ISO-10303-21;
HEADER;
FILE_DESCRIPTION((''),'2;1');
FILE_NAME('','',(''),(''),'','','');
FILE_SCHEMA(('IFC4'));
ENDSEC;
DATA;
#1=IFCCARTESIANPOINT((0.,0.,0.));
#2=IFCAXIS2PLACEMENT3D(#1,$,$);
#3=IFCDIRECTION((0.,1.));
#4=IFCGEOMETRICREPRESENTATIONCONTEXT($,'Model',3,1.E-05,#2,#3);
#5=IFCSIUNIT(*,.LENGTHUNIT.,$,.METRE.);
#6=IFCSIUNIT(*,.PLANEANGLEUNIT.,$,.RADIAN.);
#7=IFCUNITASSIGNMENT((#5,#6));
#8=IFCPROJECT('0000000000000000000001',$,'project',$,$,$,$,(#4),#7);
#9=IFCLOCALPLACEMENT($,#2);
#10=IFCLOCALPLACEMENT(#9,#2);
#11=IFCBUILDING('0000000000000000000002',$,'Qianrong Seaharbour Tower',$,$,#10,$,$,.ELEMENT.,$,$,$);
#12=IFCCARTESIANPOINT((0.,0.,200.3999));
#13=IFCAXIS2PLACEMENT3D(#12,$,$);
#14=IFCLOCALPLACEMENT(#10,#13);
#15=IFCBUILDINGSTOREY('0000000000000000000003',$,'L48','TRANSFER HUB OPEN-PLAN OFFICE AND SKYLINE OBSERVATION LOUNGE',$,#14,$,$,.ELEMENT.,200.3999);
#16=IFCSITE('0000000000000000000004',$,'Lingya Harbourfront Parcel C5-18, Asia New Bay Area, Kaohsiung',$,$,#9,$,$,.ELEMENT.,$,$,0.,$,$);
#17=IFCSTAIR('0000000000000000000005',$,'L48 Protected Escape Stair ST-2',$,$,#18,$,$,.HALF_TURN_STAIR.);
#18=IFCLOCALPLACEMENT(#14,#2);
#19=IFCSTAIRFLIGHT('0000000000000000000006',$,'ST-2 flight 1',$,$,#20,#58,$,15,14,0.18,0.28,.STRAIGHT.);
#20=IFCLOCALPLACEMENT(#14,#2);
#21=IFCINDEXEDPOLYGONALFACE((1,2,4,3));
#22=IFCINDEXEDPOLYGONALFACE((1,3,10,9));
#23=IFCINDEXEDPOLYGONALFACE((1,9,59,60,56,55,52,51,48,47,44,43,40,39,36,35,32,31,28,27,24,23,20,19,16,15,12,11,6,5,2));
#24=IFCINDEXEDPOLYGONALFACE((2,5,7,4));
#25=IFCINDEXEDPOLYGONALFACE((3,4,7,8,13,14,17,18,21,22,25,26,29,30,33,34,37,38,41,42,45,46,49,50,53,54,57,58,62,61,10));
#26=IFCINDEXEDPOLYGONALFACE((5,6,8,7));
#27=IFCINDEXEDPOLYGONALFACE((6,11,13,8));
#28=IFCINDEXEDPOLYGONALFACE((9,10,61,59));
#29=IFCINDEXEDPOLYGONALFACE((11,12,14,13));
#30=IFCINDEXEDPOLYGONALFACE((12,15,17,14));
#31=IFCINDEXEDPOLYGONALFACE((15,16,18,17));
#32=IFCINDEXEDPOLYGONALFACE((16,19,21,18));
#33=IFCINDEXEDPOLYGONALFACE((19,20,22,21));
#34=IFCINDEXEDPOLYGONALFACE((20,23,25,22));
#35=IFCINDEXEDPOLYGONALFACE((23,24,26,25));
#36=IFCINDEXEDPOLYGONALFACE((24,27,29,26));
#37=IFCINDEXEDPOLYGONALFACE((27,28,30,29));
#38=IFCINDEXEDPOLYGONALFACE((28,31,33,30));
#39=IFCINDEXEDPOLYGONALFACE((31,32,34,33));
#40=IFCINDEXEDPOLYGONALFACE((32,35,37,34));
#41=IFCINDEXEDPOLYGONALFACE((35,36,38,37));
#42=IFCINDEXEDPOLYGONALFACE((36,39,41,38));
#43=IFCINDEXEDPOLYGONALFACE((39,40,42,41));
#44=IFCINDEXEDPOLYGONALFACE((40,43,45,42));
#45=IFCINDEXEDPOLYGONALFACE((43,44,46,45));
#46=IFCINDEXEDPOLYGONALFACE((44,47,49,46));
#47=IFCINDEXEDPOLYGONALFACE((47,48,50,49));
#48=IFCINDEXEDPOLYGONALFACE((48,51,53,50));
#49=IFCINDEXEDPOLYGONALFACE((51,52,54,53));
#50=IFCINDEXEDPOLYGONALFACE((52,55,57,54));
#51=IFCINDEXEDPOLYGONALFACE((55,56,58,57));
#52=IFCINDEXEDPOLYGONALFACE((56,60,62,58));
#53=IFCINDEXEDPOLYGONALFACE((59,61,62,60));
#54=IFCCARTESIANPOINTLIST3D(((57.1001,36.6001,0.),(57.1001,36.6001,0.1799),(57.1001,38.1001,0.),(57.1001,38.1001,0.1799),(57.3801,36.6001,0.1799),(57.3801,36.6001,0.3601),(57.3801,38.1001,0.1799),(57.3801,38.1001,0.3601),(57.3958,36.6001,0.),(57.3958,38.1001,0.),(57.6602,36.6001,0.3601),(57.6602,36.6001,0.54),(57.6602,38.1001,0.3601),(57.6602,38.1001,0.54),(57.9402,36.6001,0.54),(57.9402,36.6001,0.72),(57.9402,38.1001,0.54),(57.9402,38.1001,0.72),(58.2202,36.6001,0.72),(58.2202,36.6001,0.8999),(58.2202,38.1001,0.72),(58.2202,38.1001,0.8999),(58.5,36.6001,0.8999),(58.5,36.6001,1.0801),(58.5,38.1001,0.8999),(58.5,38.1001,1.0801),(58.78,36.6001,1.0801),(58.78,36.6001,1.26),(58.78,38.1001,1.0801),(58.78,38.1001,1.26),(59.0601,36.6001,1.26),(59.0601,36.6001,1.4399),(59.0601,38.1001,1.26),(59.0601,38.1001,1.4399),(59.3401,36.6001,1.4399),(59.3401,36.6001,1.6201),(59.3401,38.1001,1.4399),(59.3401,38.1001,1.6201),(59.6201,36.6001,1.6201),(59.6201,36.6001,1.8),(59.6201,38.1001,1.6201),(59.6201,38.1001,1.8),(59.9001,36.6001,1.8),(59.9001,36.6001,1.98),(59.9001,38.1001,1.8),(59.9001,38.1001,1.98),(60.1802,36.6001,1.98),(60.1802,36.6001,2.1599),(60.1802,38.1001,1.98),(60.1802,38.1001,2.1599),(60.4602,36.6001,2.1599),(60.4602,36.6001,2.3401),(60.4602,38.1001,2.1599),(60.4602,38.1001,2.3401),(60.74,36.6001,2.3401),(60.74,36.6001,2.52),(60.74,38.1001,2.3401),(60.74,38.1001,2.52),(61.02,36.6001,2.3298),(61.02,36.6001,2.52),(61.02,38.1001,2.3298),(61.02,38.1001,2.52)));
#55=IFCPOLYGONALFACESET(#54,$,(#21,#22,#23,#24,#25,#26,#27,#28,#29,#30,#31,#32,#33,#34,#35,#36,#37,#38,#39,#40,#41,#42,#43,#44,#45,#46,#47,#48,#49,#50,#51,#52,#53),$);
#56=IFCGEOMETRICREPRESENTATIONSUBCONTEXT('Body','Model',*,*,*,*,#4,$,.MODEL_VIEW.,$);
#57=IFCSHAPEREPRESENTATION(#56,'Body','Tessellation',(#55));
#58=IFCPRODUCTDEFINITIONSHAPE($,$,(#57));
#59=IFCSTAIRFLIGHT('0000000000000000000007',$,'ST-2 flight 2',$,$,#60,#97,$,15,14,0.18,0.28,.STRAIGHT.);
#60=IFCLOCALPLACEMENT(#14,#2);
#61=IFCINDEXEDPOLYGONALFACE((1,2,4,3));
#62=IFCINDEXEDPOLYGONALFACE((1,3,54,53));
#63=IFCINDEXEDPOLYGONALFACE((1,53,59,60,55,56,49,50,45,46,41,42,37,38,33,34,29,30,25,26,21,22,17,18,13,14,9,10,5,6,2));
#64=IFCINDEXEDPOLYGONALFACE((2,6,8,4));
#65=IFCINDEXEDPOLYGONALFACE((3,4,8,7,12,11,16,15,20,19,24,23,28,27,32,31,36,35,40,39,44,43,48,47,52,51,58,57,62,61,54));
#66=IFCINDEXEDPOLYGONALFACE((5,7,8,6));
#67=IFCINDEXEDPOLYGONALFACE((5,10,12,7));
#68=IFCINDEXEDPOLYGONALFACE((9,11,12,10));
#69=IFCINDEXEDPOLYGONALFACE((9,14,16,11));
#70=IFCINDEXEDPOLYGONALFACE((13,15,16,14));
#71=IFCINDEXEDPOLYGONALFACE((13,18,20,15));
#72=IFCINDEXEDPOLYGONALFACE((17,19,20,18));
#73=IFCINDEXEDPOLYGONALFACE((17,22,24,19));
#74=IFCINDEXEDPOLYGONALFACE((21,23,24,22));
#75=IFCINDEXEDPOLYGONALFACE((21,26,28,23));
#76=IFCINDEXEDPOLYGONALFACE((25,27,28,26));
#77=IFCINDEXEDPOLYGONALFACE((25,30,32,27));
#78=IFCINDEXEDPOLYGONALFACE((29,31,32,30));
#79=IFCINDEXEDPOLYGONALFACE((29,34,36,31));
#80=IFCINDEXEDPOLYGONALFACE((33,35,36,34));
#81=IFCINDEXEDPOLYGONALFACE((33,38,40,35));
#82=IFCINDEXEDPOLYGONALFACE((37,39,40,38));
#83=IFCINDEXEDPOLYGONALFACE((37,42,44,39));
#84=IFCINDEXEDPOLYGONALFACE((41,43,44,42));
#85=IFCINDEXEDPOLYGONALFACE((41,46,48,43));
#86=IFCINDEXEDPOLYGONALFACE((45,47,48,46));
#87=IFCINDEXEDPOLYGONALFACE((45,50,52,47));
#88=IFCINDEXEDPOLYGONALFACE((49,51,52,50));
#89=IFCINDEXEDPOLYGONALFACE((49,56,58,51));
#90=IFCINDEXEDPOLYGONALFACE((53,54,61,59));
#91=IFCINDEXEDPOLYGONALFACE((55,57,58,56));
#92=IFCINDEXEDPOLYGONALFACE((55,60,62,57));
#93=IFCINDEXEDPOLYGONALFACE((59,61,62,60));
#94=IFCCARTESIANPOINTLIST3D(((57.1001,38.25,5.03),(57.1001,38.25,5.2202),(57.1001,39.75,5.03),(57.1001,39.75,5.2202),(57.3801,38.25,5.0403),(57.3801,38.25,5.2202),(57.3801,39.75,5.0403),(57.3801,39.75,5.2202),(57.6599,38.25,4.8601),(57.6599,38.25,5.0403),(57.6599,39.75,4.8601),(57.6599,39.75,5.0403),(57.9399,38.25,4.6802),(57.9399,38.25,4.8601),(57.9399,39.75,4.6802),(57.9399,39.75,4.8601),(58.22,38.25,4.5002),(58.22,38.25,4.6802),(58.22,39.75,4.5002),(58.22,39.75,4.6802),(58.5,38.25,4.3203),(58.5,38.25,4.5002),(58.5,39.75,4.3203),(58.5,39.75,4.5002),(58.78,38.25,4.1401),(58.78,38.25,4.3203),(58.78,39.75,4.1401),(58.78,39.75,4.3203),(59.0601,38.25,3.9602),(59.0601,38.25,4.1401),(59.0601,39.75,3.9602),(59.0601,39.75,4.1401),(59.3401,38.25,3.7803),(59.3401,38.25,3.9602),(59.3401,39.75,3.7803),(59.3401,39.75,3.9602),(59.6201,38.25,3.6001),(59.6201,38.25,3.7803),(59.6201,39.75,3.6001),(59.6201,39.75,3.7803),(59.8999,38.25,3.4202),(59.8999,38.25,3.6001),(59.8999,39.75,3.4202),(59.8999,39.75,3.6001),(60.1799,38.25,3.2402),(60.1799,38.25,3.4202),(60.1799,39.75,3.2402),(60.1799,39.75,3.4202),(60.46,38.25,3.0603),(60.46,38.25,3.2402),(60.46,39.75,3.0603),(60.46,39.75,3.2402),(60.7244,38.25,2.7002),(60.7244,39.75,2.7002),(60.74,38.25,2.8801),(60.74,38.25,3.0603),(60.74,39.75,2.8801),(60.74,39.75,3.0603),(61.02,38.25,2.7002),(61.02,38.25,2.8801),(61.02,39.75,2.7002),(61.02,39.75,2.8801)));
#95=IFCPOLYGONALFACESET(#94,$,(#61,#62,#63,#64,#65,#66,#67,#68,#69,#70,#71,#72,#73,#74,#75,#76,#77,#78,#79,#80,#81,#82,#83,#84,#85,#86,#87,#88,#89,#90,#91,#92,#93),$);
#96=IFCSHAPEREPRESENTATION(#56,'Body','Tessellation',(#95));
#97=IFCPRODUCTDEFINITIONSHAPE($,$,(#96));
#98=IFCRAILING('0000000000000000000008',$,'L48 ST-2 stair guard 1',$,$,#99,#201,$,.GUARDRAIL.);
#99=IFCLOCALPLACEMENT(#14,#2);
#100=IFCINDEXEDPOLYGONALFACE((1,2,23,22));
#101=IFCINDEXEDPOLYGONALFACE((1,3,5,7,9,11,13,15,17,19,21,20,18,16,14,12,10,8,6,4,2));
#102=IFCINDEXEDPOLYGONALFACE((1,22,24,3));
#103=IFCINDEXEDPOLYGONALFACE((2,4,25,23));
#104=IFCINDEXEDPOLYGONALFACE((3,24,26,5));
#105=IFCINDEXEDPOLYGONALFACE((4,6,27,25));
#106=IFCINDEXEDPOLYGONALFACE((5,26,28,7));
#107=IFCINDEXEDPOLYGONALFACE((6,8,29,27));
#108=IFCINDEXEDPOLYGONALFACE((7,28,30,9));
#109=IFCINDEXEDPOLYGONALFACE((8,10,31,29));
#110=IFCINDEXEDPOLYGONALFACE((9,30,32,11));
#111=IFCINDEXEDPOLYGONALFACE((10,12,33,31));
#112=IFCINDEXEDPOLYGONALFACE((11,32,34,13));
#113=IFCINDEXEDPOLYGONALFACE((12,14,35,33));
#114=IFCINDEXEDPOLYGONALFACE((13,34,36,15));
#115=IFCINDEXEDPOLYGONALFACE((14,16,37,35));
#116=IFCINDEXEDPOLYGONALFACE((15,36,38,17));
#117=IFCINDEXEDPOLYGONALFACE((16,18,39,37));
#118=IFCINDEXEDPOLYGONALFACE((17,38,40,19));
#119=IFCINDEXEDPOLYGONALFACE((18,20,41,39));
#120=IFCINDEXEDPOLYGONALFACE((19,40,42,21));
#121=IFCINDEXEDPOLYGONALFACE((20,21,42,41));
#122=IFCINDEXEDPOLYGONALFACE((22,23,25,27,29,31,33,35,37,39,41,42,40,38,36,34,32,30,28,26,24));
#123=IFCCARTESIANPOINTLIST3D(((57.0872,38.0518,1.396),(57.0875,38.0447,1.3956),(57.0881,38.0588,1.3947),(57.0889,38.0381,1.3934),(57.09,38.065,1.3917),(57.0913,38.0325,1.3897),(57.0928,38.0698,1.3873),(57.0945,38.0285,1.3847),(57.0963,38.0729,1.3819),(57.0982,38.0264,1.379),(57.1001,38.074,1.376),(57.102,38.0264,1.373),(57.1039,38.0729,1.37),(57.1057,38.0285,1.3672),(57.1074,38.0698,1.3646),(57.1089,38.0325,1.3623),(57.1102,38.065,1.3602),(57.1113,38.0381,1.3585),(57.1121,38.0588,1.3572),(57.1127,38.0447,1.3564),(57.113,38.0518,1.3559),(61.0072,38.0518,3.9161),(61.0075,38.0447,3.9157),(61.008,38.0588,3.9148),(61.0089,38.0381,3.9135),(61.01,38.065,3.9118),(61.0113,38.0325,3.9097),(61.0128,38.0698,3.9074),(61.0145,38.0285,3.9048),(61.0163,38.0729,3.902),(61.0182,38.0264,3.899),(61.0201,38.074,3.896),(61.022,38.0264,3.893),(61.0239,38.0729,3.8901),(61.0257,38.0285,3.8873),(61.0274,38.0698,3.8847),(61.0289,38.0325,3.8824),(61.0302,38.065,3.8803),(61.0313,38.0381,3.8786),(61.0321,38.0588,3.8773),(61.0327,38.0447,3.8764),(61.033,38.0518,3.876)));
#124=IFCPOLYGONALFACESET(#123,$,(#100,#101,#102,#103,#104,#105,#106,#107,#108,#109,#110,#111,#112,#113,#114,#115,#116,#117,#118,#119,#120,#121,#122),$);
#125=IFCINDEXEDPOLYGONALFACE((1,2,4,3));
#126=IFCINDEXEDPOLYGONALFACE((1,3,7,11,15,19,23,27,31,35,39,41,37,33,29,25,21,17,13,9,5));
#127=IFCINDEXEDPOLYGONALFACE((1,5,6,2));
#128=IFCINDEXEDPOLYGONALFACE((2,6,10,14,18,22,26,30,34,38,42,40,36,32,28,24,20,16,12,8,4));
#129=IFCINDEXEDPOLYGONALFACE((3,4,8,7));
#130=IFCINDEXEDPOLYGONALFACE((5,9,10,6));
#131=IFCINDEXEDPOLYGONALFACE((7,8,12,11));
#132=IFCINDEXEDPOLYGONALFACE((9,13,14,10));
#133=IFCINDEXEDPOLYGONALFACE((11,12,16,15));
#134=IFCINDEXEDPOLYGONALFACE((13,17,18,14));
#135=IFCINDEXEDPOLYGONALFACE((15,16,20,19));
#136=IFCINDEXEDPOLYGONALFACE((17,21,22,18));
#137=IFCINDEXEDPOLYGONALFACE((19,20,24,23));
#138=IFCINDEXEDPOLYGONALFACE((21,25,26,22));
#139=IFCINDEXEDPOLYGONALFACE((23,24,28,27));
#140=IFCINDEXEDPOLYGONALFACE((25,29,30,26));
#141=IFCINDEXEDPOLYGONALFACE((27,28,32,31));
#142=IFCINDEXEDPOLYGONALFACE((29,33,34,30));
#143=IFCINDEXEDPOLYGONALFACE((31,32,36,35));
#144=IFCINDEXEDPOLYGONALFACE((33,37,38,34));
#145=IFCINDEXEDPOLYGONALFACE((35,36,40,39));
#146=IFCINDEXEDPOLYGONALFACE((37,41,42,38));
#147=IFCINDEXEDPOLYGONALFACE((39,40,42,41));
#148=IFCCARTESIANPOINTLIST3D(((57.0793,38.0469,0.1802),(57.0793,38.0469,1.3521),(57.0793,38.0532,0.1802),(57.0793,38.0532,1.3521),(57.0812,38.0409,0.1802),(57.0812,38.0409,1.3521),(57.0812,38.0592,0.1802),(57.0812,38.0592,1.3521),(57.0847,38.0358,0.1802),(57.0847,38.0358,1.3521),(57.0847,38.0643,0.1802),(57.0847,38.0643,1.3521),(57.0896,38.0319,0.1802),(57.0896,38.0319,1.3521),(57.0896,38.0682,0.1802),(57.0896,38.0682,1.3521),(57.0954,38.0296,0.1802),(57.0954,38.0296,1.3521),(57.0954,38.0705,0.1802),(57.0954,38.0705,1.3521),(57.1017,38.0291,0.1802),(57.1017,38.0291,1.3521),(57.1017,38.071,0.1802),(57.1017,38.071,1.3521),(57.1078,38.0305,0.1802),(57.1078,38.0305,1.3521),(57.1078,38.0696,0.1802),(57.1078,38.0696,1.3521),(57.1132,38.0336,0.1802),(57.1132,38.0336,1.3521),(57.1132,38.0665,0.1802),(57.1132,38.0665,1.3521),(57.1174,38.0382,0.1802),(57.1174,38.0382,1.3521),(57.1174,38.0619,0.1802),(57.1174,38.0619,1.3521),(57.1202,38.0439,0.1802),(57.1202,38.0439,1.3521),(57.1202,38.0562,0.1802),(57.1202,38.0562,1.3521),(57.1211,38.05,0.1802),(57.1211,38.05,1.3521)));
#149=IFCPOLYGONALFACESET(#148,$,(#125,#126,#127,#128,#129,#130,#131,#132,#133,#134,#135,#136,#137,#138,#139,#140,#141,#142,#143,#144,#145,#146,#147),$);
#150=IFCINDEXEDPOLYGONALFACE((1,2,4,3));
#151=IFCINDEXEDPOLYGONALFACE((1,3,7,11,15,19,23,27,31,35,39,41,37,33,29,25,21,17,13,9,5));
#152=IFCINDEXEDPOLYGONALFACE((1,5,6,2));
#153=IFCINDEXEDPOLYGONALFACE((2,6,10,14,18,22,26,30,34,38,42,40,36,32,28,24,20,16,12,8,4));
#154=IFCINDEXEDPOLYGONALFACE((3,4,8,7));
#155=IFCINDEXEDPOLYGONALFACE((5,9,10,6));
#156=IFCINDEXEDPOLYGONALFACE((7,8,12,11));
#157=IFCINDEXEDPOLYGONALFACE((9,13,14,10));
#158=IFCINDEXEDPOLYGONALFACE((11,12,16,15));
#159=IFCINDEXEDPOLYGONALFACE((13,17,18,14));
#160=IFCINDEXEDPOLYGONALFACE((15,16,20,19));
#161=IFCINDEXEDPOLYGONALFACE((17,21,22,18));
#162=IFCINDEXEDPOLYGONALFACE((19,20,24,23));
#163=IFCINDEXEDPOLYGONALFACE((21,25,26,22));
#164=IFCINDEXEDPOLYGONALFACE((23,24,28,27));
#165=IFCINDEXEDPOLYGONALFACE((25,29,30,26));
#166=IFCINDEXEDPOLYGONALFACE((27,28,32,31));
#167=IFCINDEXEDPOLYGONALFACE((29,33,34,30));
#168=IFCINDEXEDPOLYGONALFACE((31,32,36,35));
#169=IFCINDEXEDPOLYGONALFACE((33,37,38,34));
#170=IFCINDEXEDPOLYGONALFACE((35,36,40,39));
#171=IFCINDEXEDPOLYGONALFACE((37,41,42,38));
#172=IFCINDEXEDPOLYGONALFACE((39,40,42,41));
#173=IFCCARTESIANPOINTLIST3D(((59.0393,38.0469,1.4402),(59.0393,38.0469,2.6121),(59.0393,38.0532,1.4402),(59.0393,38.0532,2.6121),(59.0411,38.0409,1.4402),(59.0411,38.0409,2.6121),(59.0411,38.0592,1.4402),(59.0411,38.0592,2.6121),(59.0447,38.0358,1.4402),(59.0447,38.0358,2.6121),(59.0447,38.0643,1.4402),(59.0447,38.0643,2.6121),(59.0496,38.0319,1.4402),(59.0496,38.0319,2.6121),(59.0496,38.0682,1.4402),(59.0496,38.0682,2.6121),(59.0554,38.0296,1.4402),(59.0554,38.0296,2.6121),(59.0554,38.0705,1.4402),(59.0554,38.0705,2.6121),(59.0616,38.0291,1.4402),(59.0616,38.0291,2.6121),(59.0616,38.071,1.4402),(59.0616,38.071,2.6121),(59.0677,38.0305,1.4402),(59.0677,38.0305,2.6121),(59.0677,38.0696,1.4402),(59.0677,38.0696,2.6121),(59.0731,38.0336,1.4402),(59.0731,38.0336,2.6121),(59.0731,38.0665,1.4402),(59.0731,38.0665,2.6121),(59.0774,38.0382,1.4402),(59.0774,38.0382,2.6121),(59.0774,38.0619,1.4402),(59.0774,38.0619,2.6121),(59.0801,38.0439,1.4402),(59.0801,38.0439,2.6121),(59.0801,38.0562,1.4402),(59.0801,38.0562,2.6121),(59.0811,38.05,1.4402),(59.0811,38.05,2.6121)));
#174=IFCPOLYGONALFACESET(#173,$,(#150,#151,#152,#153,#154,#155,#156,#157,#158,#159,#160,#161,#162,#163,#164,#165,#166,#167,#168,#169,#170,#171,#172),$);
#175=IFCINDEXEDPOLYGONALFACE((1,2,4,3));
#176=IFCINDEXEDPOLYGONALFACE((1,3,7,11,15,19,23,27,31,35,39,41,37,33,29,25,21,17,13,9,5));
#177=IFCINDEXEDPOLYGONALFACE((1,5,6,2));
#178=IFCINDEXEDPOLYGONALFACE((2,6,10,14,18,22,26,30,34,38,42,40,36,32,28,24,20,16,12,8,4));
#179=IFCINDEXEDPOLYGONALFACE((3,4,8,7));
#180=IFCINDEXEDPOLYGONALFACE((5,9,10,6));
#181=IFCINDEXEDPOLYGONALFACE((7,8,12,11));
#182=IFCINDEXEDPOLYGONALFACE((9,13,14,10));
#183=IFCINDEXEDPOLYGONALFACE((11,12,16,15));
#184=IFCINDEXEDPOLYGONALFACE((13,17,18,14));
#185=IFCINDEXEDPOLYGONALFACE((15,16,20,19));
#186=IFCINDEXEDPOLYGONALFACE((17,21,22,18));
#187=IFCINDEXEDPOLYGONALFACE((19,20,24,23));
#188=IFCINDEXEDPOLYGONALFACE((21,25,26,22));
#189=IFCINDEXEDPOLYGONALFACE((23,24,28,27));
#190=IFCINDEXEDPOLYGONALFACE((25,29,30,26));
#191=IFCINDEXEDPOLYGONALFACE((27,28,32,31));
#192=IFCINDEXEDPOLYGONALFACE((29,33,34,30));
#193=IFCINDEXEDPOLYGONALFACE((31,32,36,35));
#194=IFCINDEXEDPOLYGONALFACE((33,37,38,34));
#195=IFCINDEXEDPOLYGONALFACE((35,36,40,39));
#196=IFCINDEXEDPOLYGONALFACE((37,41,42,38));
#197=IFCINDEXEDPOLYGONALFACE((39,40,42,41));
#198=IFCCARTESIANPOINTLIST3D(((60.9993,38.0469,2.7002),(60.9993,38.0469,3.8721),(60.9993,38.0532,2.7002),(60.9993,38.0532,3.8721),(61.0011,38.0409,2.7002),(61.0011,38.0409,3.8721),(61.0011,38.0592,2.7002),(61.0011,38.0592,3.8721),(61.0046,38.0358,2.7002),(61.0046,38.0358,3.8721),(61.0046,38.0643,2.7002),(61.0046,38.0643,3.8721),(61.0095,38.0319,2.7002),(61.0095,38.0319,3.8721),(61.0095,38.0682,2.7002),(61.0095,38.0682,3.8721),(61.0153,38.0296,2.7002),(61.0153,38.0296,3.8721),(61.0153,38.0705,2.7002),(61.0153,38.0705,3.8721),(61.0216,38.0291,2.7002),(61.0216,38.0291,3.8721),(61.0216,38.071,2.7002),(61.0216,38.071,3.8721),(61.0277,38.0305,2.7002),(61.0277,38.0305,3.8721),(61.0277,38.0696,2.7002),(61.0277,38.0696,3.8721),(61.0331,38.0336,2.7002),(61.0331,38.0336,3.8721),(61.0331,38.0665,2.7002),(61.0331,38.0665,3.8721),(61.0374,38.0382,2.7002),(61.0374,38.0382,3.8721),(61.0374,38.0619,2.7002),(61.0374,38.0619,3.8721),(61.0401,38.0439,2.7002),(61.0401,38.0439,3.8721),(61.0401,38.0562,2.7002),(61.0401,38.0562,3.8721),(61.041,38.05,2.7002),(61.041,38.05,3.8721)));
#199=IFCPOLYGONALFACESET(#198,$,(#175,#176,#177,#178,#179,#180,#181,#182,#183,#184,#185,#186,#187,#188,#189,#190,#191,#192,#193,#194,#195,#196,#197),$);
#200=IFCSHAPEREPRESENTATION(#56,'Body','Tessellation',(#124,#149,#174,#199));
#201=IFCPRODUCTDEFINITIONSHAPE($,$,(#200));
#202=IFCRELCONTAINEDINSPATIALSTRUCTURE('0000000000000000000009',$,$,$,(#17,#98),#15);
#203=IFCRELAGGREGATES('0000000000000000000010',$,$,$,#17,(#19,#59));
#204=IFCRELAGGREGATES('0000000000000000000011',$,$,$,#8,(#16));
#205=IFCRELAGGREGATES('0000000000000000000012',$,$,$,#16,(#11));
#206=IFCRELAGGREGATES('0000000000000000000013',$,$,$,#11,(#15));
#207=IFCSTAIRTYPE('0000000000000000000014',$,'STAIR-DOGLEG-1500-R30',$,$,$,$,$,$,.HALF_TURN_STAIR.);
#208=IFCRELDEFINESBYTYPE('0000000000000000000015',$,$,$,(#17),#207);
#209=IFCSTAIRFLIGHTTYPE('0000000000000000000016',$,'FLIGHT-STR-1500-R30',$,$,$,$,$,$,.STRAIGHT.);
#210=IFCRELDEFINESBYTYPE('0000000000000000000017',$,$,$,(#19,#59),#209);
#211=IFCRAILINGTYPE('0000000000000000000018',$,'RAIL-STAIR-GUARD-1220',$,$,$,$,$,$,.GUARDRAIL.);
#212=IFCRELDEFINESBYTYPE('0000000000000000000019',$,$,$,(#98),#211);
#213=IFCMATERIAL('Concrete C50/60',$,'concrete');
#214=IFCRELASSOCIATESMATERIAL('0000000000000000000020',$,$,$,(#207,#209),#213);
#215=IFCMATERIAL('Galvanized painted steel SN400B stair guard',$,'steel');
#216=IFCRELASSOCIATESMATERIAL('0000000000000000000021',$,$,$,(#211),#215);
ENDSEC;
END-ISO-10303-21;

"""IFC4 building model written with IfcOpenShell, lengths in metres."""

from ifc_helpers import new_model, si_unit, direction, frame, origin, origin_2d, place, context, subcontext, project, spatial, polyline, circle, outline, extrude, material, type_object, element, aggregate, save


model = new_model("IFC4")

# Units and contexts
model_context = context("Model", 3, precision=1e-05, world=origin(), true_north=direction((0.0, 1.0)))
body_context = subcontext(model_context, "Body", "Model", "MODEL_VIEW")
ifc_project = project(units=[si_unit("LENGTHUNIT", "METRE"), si_unit("PLANEANGLEUNIT", "RADIAN")], contexts=[model_context])

# Site, building, storey
site_placement = place(None, origin())
site = spatial("IfcSite", under=ifc_project, at=site_placement, Name="Lingya Harbourfront Parcel C5-18, Asia New Bay Area, Kaohsiung", CompositionType="ELEMENT", RefElevation=0.0)
building_placement = place(site_placement, origin())
building = spatial("IfcBuilding", under=site, at=building_placement, Name="Qianrong Seaharbour Tower", CompositionType="ELEMENT")
storey_placement = place(building_placement, frame((0.0, 0.0, 200.3999)))
storey = spatial("IfcBuildingStorey", under=building, at=storey_placement, Name="L48", Description="TRANSFER HUB OPEN-PLAN OFFICE AND SKYLINE OBSERVATION LOUNGE", CompositionType="ELEMENT", Elevation=200.3999)

# Shared definitions
ifc_material_1 = material(Name="Concrete C50/60", Category="concrete")

# Stair, stair flights
stair_type = type_object("IfcStairType", Name="STAIR-DOGLEG-1500-R30", PredefinedType="HALF_TURN_STAIR", material=ifc_material_1)
stair_placement = place(storey_placement, origin())
stair = element("IfcStair", 1, at=stair_placement, inside=storey, type_object=stair_type, Name="L48 Protected Escape Stair ST-2", PredefinedType="HALF_TURN_STAIR")
stair_flight_type = type_object("IfcStairFlightType", Name="FLIGHT-STR-1500-R30", PredefinedType="STRAIGHT", material=ifc_material_1)
stair_flight_1_placement = place(storey_placement, frame((57.1001, 37.3501, 0.0), z_axis=(0.0, 0.0, 1.0), x_axis=(1.0, 0.0, 0.0)))
stair_flight_1 = element("IfcStairFlight", 2, at=stair_flight_1_placement, type_object=stair_flight_type, Name="ST-2 flight 1", NumberOfRisers=15, NumberOfTreads=14, PredefinedType="STRAIGHT", RiserHeight=0.18, TreadLength=0.28, context=body_context, shape_type="SweptSolid", body=[
    extrude(outline(polyline([(0.0, 0.0), (0.0, 0.1799), (0.28, 0.1799), (0.28, 0.3601), (0.5601, 0.3601), (0.5601, 0.54), (0.8401, 0.54), (0.8401, 0.72), (1.1201, 0.72), (1.1201, 0.8999), (1.3999, 0.8999), (1.3999, 1.0801), (1.6799, 1.0801), (1.6799, 1.26), (1.96, 1.26), (1.96, 1.4399), (2.24, 1.4399), (2.24, 1.6201), (2.52, 1.6201), (2.52, 1.8), (2.8, 1.8), (2.8, 1.98), (3.0801, 1.98), (3.0801, 2.1599), (3.3601, 2.1599), (3.3601, 2.3401), (3.6399, 2.3401), (3.6399, 2.52), (3.9199, 2.52), (3.9199, 2.7), (3.9199, 2.3298), (0.2957, 0.0), (0.0, 0.0)])), frame((0.0, 0.75, 0.0), z_axis=(0.0, -1.0, 0.0), x_axis=(1.0, 0.0, 0.0)), (0.0, 0.0, 1.0), 1.5),
])
stair_flight_2_placement = place(storey_placement, frame((61.02, 39.0, 2.7002), z_axis=(0.0, 0.0, 1.0), x_axis=(-1.0, 0.0, 0.0)))
stair_flight_2 = element("IfcStairFlight", 3, at=stair_flight_2_placement, type_object=stair_flight_type, Name="ST-2 flight 2", NumberOfRisers=15, NumberOfTreads=14, PredefinedType="STRAIGHT", RiserHeight=0.18, TreadLength=0.28, context=body_context, shape_type="SweptSolid", body=[
    extrude(outline(polyline([(0.0, 0.0), (0.0, 0.1799), (0.28, 0.1799), (0.28, 0.3601), (0.5601, 0.3601), (0.5601, 0.54), (0.8401, 0.54), (0.8401, 0.72), (1.1201, 0.72), (1.1201, 0.8999), (1.3999, 0.8999), (1.3999, 1.0801), (1.6799, 1.0801), (1.6799, 1.26), (1.96, 1.26), (1.96, 1.4399), (2.24, 1.4399), (2.24, 1.6201), (2.52, 1.6201), (2.52, 1.8), (2.8, 1.8), (2.8, 1.98), (3.0801, 1.98), (3.0801, 2.1599), (3.3601, 2.1599), (3.3601, 2.3401), (3.6399, 2.3401), (3.6399, 2.52), (3.9199, 2.52), (3.9199, 2.7), (3.9199, 2.3298), (0.2957, 0.0), (0.0, 0.0)])), frame((0.0, 0.75, 0.0), z_axis=(0.0, -1.0, 0.0), x_axis=(1.0, 0.0, 0.0)), (0.0, 0.0, 1.0), 1.5),
])
aggregate(stair, [stair_flight_1, stair_flight_2])

# Railing
ifc_material_2 = material(Name="Galvanized painted steel SN400B stair guard", Category="steel")
railing_type_1 = type_object("IfcRailingType", Name="RAIL-STAIR-GUARD-1220", PredefinedType="GUARDRAIL", material=ifc_material_2)
railing_1_placement = place(storey_placement, frame((57.1001, 38.05, 0.1802)))
element("IfcRailing", 4, at=railing_1_placement, inside=storey, type_object=railing_type_1, Name="L48 ST-2 stair guard 1", PredefinedType="GUARDRAIL", context=body_context, shape_type="SweptSolid", body=[
    extrude(circle(Radius=0.0239, at=origin_2d()), frame((0.0, 0.0, 1.1958), z_axis=(0.841172, 0.0, 0.540768), x_axis=(0.0, 1.0, 0.0)), (0.0, 0.0, 1.0), 4.6602),
    extrude(circle(Radius=0.021, at=origin_2d()), origin(), (0.0, 0.0, 1.0), 1.1719),
    extrude(circle(Radius=0.021, at=origin_2d()), frame((1.96, 0.0, 1.26)), (0.0, 0.0, 1.0), 1.1719),
    extrude(circle(Radius=0.021, at=origin_2d()), frame((3.9199, 0.0, 2.52)), (0.0, 0.0, 1.0), 1.1719),
])

save(model, "model.ifc")
